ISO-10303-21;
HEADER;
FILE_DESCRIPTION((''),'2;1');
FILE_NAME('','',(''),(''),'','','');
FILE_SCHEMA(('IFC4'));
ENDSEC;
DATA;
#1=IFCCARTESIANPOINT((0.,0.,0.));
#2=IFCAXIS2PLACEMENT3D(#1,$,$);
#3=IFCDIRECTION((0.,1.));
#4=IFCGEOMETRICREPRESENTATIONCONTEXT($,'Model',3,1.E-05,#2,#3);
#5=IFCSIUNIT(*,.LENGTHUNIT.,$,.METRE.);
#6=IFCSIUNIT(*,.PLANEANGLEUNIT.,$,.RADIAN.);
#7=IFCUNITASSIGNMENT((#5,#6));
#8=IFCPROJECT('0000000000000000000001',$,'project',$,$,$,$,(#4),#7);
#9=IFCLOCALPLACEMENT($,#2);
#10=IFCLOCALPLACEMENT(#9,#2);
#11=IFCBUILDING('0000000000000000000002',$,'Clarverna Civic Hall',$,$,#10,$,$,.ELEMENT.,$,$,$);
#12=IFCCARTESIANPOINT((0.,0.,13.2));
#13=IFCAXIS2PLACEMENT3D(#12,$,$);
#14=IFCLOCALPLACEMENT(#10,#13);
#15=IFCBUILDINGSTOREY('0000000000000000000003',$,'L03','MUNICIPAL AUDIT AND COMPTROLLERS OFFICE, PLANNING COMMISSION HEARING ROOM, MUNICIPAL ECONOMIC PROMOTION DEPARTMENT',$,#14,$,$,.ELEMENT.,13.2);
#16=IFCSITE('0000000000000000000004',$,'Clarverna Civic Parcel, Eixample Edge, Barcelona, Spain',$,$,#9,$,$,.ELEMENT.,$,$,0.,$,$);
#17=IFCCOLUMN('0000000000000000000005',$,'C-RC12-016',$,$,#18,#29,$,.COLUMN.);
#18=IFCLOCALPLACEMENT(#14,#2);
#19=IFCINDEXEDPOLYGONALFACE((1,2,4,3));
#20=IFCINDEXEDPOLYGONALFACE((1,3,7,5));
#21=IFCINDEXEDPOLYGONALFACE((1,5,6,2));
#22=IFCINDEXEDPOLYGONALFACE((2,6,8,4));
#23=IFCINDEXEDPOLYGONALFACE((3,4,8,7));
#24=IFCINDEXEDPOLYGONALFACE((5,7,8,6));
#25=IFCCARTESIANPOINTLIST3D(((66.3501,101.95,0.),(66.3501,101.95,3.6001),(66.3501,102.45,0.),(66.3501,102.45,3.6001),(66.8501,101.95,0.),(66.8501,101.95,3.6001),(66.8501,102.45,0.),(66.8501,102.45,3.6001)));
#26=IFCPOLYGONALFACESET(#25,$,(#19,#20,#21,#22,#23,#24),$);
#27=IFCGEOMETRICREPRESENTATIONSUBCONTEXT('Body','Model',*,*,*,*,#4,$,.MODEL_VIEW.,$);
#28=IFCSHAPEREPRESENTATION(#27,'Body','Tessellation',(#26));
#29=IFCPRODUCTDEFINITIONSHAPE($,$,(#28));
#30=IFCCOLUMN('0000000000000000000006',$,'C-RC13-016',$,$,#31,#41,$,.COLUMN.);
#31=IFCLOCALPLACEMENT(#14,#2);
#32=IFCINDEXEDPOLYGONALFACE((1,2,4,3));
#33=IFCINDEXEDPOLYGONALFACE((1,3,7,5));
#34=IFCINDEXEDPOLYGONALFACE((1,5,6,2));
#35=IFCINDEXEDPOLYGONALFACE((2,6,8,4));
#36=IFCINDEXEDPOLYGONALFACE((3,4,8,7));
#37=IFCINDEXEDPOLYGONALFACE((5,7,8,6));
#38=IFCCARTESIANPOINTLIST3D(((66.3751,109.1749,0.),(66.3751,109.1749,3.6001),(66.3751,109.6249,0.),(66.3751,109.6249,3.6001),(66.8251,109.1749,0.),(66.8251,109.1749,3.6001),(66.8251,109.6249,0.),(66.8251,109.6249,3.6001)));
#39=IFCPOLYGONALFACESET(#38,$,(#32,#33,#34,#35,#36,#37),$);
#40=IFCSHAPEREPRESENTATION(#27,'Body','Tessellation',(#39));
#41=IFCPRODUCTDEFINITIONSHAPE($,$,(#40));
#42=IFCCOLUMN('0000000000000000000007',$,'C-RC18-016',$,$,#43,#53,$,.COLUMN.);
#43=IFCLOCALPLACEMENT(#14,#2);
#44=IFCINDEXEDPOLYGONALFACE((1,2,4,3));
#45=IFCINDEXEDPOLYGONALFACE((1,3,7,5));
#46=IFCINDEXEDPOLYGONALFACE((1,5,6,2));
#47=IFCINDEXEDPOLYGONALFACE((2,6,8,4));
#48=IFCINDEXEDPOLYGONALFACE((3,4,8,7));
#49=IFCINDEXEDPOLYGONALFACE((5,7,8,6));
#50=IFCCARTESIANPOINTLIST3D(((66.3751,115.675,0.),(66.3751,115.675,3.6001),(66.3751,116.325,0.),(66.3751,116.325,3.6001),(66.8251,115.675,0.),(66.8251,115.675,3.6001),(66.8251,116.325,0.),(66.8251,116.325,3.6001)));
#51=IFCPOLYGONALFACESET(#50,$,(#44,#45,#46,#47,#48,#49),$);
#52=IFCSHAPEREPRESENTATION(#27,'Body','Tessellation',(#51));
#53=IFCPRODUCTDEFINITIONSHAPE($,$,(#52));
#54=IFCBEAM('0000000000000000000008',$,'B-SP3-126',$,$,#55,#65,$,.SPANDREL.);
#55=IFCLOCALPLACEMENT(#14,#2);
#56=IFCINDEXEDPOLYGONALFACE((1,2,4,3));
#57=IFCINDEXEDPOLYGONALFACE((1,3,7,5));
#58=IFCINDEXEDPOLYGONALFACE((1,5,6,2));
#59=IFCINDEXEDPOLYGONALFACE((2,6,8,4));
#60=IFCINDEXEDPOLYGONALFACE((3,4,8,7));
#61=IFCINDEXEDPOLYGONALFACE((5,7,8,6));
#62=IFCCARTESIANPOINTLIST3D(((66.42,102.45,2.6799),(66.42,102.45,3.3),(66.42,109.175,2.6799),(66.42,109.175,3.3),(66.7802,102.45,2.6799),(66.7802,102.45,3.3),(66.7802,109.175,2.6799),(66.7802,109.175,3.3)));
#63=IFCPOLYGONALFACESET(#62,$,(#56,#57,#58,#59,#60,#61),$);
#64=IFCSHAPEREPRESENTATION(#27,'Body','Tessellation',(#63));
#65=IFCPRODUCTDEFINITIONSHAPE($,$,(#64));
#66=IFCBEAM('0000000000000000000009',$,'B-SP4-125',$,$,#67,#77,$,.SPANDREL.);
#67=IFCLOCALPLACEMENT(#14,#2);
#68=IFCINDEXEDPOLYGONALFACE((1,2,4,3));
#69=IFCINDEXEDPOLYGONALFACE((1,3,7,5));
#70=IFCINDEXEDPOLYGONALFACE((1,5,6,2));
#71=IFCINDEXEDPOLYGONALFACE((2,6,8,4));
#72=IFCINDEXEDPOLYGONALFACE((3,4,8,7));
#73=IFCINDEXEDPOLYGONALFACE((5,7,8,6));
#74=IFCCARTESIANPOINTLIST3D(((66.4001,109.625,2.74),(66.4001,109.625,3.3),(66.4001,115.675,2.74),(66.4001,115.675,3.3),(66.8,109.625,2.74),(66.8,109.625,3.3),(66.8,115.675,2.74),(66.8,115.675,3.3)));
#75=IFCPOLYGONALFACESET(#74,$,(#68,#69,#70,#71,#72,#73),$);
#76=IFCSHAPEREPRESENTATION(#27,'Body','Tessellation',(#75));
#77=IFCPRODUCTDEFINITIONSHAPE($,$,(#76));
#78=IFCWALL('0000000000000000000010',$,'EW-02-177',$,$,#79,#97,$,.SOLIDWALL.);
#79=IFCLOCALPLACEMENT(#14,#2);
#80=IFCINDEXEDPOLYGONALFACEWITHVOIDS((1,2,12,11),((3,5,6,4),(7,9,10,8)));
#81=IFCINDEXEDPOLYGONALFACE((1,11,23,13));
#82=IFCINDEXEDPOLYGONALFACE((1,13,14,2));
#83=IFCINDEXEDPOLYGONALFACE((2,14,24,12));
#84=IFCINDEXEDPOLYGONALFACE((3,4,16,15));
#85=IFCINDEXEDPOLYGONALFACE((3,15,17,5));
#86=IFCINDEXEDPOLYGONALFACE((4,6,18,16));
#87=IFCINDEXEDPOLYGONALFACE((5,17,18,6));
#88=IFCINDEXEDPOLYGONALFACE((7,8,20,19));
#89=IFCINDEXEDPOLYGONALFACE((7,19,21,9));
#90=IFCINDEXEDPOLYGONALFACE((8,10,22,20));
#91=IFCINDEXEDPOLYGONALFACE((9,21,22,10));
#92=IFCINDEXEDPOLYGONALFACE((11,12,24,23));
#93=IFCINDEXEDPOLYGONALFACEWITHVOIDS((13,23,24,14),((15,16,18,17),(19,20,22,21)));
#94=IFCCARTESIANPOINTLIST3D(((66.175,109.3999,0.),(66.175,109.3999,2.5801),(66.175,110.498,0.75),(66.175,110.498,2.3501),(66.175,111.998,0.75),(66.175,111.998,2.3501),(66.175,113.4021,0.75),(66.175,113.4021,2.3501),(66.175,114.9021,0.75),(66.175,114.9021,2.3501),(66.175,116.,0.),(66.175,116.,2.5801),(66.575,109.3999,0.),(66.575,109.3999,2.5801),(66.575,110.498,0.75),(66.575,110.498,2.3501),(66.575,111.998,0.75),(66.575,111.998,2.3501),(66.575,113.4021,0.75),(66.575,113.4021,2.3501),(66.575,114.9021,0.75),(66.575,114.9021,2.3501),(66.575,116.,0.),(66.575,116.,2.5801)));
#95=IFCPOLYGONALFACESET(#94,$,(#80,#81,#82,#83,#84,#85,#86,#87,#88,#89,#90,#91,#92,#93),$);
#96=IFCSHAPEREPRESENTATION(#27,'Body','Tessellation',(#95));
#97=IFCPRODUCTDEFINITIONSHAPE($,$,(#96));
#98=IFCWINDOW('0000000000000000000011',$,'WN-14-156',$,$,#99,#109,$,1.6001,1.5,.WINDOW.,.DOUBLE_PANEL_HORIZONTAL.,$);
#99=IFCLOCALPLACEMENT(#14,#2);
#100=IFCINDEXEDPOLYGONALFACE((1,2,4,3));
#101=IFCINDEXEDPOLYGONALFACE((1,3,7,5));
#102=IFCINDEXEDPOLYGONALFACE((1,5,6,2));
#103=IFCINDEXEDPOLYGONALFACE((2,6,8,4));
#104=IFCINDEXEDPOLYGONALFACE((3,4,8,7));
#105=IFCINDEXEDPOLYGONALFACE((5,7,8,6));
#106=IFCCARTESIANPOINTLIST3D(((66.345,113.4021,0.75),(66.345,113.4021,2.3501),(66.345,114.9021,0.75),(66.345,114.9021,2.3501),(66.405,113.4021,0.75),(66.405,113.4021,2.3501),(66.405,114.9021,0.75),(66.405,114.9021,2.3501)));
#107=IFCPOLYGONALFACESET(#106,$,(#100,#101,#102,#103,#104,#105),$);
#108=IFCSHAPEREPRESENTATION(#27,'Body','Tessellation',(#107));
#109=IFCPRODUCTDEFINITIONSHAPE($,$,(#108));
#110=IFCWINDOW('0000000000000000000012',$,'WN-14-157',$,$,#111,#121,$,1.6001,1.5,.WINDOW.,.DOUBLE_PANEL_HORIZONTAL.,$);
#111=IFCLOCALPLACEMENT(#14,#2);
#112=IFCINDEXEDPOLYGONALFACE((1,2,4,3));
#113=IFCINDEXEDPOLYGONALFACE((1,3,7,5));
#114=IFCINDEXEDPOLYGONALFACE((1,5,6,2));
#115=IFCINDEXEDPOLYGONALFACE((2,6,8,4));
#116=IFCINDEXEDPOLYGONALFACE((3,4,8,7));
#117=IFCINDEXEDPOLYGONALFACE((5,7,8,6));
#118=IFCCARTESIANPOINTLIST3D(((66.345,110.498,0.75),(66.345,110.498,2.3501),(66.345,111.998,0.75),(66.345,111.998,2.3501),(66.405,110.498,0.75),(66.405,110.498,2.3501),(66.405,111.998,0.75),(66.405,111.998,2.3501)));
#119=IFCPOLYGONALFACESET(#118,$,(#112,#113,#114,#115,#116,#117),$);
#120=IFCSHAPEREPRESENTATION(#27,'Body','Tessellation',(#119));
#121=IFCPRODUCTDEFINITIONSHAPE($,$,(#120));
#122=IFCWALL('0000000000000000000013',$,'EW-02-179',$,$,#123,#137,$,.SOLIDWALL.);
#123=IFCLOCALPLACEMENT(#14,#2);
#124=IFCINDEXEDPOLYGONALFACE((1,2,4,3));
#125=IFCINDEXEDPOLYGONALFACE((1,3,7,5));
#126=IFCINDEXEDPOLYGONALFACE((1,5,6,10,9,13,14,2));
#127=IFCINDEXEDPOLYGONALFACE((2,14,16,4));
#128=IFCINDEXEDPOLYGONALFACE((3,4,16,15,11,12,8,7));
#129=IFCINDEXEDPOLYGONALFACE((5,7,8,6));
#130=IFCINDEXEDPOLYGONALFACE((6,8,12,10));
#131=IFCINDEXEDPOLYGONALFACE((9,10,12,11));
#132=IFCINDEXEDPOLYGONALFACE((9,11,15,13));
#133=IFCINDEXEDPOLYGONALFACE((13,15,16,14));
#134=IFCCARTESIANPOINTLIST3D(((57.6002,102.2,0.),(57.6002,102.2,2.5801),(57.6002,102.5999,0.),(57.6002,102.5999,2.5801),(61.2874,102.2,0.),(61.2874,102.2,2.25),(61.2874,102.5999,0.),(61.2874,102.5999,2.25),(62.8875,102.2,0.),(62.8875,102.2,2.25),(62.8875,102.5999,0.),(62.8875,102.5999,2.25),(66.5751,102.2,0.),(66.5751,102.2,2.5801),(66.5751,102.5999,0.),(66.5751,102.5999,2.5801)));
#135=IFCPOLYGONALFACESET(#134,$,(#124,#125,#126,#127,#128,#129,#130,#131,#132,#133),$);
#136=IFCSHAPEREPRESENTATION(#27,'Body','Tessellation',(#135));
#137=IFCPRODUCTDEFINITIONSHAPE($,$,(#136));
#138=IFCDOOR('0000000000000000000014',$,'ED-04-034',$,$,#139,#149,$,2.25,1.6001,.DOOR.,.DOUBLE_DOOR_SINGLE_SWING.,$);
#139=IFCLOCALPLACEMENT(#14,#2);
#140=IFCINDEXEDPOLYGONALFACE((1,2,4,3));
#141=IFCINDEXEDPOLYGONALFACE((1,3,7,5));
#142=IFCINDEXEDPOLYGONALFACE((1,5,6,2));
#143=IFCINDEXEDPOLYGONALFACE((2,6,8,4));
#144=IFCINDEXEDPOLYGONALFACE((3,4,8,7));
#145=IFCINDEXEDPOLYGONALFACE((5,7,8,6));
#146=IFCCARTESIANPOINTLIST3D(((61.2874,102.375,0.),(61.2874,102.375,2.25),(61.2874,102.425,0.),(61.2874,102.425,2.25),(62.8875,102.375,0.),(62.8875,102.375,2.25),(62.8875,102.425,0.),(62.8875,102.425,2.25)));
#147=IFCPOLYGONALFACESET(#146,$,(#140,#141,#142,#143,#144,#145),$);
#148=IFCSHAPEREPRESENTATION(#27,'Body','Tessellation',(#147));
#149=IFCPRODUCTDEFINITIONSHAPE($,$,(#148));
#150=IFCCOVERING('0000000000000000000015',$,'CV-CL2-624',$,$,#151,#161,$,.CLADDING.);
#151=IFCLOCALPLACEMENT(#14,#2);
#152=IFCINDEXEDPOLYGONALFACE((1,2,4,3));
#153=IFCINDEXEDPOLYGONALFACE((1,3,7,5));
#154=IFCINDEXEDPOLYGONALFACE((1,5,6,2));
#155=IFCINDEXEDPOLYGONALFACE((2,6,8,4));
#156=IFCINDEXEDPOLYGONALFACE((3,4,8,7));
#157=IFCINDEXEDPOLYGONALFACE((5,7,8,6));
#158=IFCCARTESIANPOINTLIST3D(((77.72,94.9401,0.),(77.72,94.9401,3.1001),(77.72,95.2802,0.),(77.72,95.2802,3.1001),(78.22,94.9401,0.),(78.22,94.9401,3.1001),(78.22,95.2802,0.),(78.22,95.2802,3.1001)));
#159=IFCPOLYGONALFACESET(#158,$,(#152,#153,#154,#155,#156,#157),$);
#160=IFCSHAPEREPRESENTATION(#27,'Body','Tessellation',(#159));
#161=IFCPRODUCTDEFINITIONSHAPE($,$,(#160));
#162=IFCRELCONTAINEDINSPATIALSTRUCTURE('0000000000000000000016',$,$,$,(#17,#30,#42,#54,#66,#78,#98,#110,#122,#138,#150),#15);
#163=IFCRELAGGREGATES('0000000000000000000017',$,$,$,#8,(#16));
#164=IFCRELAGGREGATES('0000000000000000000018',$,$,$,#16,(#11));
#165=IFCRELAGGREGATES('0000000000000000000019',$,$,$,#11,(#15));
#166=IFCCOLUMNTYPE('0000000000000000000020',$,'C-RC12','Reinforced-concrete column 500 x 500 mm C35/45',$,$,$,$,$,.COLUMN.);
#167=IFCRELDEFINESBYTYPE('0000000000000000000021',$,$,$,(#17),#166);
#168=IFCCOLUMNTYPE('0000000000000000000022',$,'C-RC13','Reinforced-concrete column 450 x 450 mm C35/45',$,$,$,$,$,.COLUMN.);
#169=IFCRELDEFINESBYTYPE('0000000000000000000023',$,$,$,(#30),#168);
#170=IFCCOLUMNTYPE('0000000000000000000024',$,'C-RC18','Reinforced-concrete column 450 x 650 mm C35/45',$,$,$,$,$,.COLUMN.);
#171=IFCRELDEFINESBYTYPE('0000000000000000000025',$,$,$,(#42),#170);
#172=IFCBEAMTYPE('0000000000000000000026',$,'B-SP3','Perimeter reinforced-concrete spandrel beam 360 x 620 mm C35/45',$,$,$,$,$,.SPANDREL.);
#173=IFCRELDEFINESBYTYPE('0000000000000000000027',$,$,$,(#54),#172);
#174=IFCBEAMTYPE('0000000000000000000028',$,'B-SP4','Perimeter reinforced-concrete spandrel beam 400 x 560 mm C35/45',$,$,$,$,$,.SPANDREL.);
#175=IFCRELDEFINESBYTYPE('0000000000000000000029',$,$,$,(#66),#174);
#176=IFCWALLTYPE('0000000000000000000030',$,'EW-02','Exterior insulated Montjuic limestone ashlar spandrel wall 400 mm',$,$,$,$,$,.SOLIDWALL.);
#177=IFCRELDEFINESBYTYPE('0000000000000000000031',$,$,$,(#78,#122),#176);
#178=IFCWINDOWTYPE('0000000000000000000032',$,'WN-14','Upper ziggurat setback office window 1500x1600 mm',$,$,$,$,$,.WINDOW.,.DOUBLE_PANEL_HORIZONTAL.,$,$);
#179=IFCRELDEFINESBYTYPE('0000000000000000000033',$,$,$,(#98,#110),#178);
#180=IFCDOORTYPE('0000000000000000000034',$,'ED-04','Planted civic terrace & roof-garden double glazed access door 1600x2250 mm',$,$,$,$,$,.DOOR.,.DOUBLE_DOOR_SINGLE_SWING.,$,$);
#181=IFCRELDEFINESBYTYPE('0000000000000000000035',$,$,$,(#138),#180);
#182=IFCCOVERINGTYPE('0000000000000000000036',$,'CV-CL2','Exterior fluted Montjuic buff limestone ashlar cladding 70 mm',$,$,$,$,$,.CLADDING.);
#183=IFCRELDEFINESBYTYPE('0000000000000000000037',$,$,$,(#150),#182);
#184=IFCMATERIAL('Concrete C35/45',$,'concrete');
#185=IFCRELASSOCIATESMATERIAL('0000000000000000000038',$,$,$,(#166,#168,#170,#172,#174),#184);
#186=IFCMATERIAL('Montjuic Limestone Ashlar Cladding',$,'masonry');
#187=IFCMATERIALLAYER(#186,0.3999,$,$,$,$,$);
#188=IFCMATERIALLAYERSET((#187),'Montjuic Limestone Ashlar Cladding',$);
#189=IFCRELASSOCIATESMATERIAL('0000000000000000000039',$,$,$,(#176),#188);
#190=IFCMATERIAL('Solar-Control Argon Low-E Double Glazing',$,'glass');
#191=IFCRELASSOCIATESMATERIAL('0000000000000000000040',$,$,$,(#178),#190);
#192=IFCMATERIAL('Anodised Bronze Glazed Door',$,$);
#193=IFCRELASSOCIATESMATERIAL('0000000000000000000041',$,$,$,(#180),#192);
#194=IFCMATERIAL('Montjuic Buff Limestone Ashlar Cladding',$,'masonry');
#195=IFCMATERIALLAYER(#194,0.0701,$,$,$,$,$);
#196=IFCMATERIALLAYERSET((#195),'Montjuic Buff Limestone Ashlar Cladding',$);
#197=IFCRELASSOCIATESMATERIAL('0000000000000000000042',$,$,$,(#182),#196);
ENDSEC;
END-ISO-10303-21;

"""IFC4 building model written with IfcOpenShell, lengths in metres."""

from ifc_helpers import new_model, si_unit, direction, frame, frame_2d, origin, origin_2d, place, context, subcontext, project, spatial, rectangle, extrude, material, layer, layer_set, material_profile, profile_set, type_object, element, fill, save


model = new_model("IFC4")

# Units and contexts
model_context = context("Model", 3, precision=1e-05, world=origin(), true_north=direction((0.0, 1.0)))
body_context = subcontext(model_context, "Body", "Model", "MODEL_VIEW")
ifc_project = project(units=[si_unit("LENGTHUNIT", "METRE"), si_unit("PLANEANGLEUNIT", "RADIAN")], contexts=[model_context])

# Site, building, storey
site_placement = place(None, origin())
site = spatial("IfcSite", under=ifc_project, at=site_placement, Name="Clarverna Civic Parcel, Eixample Edge, Barcelona, Spain", CompositionType="ELEMENT", RefElevation=0.0)
building_placement = place(site_placement, origin())
building = spatial("IfcBuilding", under=site, at=building_placement, Name="Clarverna Civic Hall", CompositionType="ELEMENT")
storey_placement = place(building_placement, frame((0.0, 0.0, 13.2)))
storey = spatial("IfcBuildingStorey", under=building, at=storey_placement, Name="L03", Description="MUNICIPAL AUDIT AND COMPTROLLERS OFFICE, PLANNING COMMISSION HEARING ROOM, MUNICIPAL ECONOMIC PROMOTION DEPARTMENT", CompositionType="ELEMENT", Elevation=13.2)

# Columns
ifc_material_1 = material(Name="Concrete C35/45", Category="concrete")
ifc_material_profile_1 = material_profile(ifc_material_1, rectangle(XDim=0.5, YDim=0.5, at=origin_2d()), Name="RC 500x500")
ifc_profile_set_1 = profile_set([ifc_material_profile_1], Name="Concrete C35/45")
column_type_1 = type_object("IfcColumnType", Name="C-RC12", Description="Reinforced-concrete column 500 x 500 mm C35/45", PredefinedType="COLUMN", material=ifc_profile_set_1)
column_1_placement = place(storey_placement, frame((66.6001, 102.2, 0.0), z_axis=(0.0, 0.0, 1.0), x_axis=(1.0, 0.0, 0.0)))
element("IfcColumn", 1, at=column_1_placement, inside=storey, type_object=column_type_1, Name="C-RC12-016", PredefinedType="COLUMN", context=body_context, shape_type="SweptSolid", body=[
    extrude(rectangle(XDim=0.5, YDim=0.5, at=origin_2d()), origin(), (0.0, 0.0, 1.0), 3.6001),
])
ifc_material_profile_2 = material_profile(ifc_material_1, rectangle(XDim=0.45, YDim=0.45, at=origin_2d()), Name="RC 450x450")
ifc_profile_set_2 = profile_set([ifc_material_profile_2], Name="Concrete C35/45")
column_type_2 = type_object("IfcColumnType", Name="C-RC13", Description="Reinforced-concrete column 450 x 450 mm C35/45", PredefinedType="COLUMN", material=ifc_profile_set_2)
column_2_placement = place(storey_placement, frame((66.6001, 109.3999, 0.0), z_axis=(0.0, 0.0, 1.0), x_axis=(1.0, 0.0, 0.0)))
element("IfcColumn", 2, at=column_2_placement, inside=storey, type_object=column_type_2, Name="C-RC13-016", PredefinedType="COLUMN", context=body_context, shape_type="SweptSolid", body=[
    extrude(rectangle(XDim=0.45, YDim=0.45, at=origin_2d()), origin(), (0.0, 0.0, 1.0), 3.6001),
])
ifc_material_profile_3 = material_profile(ifc_material_1, rectangle(XDim=0.45, YDim=0.6499, at=origin_2d()), Name="RC 450x650")
ifc_profile_set_3 = profile_set([ifc_material_profile_3], Name="Concrete C35/45")
column_type_3 = type_object("IfcColumnType", Name="C-RC18", Description="Reinforced-concrete column 450 x 650 mm C35/45", PredefinedType="COLUMN", material=ifc_profile_set_3)
column_3_placement = place(storey_placement, frame((66.6001, 116.0, 0.0), z_axis=(0.0, 0.0, 1.0), x_axis=(1.0, 0.0, 0.0)))
element("IfcColumn", 3, at=column_3_placement, inside=storey, type_object=column_type_3, Name="C-RC18-016", PredefinedType="COLUMN", context=body_context, shape_type="SweptSolid", body=[
    extrude(rectangle(XDim=0.45, YDim=0.6499, at=origin_2d()), origin(), (0.0, 0.0, 1.0), 3.6001),
])

# Beams
ifc_material_profile_4 = material_profile(ifc_material_1, rectangle(XDim=0.3601, YDim=0.6201, at=origin_2d()), Name="RC 360x620")
ifc_profile_set_4 = profile_set([ifc_material_profile_4], Name="Concrete C35/45")
beam_type_1 = type_object("IfcBeamType", Name="B-SP3", Description="Perimeter reinforced-concrete spandrel beam 360 x 620 mm C35/45", PredefinedType="SPANDREL", material=ifc_profile_set_4)
beam_1_placement = place(storey_placement, frame((66.6001, 102.45, 2.99), z_axis=(0.0, 1.0, 0.0), x_axis=(-1.0, 0.0, 0.0)))
element("IfcBeam", 4, at=beam_1_placement, inside=storey, type_object=beam_type_1, Name="B-SP3-126", PredefinedType="SPANDREL", context=body_context, shape_type="SweptSolid", body=[
    extrude(rectangle(XDim=0.3601, YDim=0.6201, at=origin_2d()), origin(), (0.0, 0.0, 1.0), 6.7251),
])
ifc_material_profile_5 = material_profile(ifc_material_1, rectangle(XDim=0.3999, YDim=0.5601, at=origin_2d()), Name="RC 400x560")
ifc_profile_set_5 = profile_set([ifc_material_profile_5], Name="Concrete C35/45")
beam_type_2 = type_object("IfcBeamType", Name="B-SP4", Description="Perimeter reinforced-concrete spandrel beam 400 x 560 mm C35/45", PredefinedType="SPANDREL", material=ifc_profile_set_5)
beam_2_placement = place(storey_placement, frame((66.6001, 109.625, 3.02), z_axis=(0.0, 1.0, 0.0), x_axis=(-1.0, 0.0, 0.0)))
element("IfcBeam", 5, at=beam_2_placement, inside=storey, type_object=beam_type_2, Name="B-SP4-125", PredefinedType="SPANDREL", context=body_context, shape_type="SweptSolid", body=[
    extrude(rectangle(XDim=0.3999, YDim=0.5601, at=origin_2d()), origin(), (0.0, 0.0, 1.0), 6.05),
])

# Wall, openings, windows
ifc_material_2 = material(Name="Montjuic Limestone Ashlar Cladding", Category="masonry")
ifc_layer_1 = layer(ifc_material_2, 0.3999)
ifc_layer_set_1 = layer_set([ifc_layer_1], Name="Montjuic Limestone Ashlar Cladding")
wall_type = type_object("IfcWallType", Name="EW-02", Description="Exterior insulated Montjuic limestone ashlar spandrel wall 400 mm", PredefinedType="SOLIDWALL", material=ifc_layer_set_1)
wall_1_placement = place(storey_placement, frame((66.375, 116.0, 0.0), z_axis=(0.0, 0.0, 1.0), x_axis=(0.0, -1.0, 0.0)))
wall_1 = element("IfcWall", 6, at=wall_1_placement, inside=storey, type_object=wall_type, Name="EW-02-177", PredefinedType="SOLIDWALL", context=body_context, shape_type="SweptSolid", body=[
    extrude(rectangle(XDim=6.6001, YDim=0.3999, at=frame_2d((3.3, 0.0))), origin(), (0.0, 0.0, 1.0), 2.5801),
])
opening_1_placement = place(wall_1_placement, frame((1.0979, 0.0, 0.75)))
opening_1 = element("IfcOpeningElement", 7, at=opening_1_placement, cuts=wall_1, PredefinedType="OPENING", context=body_context, shape_type="SweptSolid", body=[
    extrude(rectangle(XDim=1.5, YDim=1.6001, at=frame_2d((0.75, 0.8))), frame((0.0, 0.21, 0.0), z_axis=(0.0, -1.0, 0.0), x_axis=(1.0, 0.0, 0.0)), (0.0, 0.0, 1.0), 0.4199),
])
opening_2_placement = place(wall_1_placement, frame((4.002, 0.0, 0.75)))
opening_2 = element("IfcOpeningElement", 8, at=opening_2_placement, cuts=wall_1, PredefinedType="OPENING", context=body_context, shape_type="SweptSolid", body=[
    extrude(rectangle(XDim=1.5, YDim=1.6001, at=frame_2d((0.75, 0.8))), frame((0.0, 0.21, 0.0), z_axis=(0.0, -1.0, 0.0), x_axis=(1.0, 0.0, 0.0)), (0.0, 0.0, 1.0), 0.4199),
])
ifc_material_3 = material(Name="Solar-Control Argon Low-E Double Glazing", Category="glass")
window_type = type_object("IfcWindowType", Name="WN-14", Description="Upper ziggurat setback office window 1500x1600 mm", PartitioningType="DOUBLE_PANEL_HORIZONTAL", PredefinedType="WINDOW", material=ifc_material_3)
window_1_placement = place(opening_1_placement, origin())
window_1 = element("IfcWindow", 9, at=window_1_placement, inside=storey, type_object=window_type, Name="WN-14-156", OverallHeight=1.6001, OverallWidth=1.5, PartitioningType="DOUBLE_PANEL_HORIZONTAL", PredefinedType="WINDOW", context=body_context, shape_type="SweptSolid", body=[
    extrude(rectangle(XDim=1.5, YDim=1.6001, at=frame_2d((0.75, 0.8))), frame((0.0, 0.03, 0.0), z_axis=(0.0, -1.0, 0.0), x_axis=(1.0, 0.0, 0.0)), (0.0, 0.0, 1.0), 0.0601),
])
fill(opening_1, window_1)
window_2_placement = place(opening_2_placement, origin())
window_2 = element("IfcWindow", 10, at=window_2_placement, inside=storey, type_object=window_type, Name="WN-14-157", OverallHeight=1.6001, OverallWidth=1.5, PartitioningType="DOUBLE_PANEL_HORIZONTAL", PredefinedType="WINDOW", context=body_context, shape_type="SweptSolid", body=[
    extrude(rectangle(XDim=1.5, YDim=1.6001, at=frame_2d((0.75, 0.8))), frame((0.0, 0.03, 0.0), z_axis=(0.0, -1.0, 0.0), x_axis=(1.0, 0.0, 0.0)), (0.0, 0.0, 1.0), 0.0601),
])
fill(opening_2, window_2)

# Wall, opening, door
wall_2_placement = place(storey_placement, frame((66.575, 102.3999, 0.0), z_axis=(0.0, 0.0, 1.0), x_axis=(-1.0, 0.0, 0.0)))
wall_2 = element("IfcWall", 11, at=wall_2_placement, inside=storey, type_object=wall_type, Name="EW-02-179", PredefinedType="SOLIDWALL", context=body_context, shape_type="SweptSolid", body=[
    extrude(rectangle(XDim=8.9749, YDim=0.3999, at=frame_2d((4.4873, 0.0))), origin(), (0.0, 0.0, 1.0), 2.5801),
])
opening_3_placement = place(wall_2_placement, frame((3.6875, 0.0, 0.0)))
opening_3 = element("IfcOpeningElement", 12, at=opening_3_placement, cuts=wall_2, PredefinedType="OPENING", context=body_context, shape_type="SweptSolid", body=[
    extrude(rectangle(XDim=1.6001, YDim=2.25, at=frame_2d((0.8, 1.125))), frame((0.0, 0.21, 0.0), z_axis=(0.0, -1.0, 0.0), x_axis=(1.0, 0.0, 0.0)), (0.0, 0.0, 1.0), 0.4199),
])
ifc_material_4 = material(Name="Anodised Bronze Glazed Door")
door_type = type_object("IfcDoorType", Name="ED-04", Description="Planted civic terrace & roof-garden double glazed access door 1600x2250 mm", OperationType="DOUBLE_DOOR_SINGLE_SWING", PredefinedType="DOOR", material=ifc_material_4)
door_placement = place(opening_3_placement, origin())
door = element("IfcDoor", 13, at=door_placement, inside=storey, type_object=door_type, Name="ED-04-034", OperationType="DOUBLE_DOOR_SINGLE_SWING", OverallHeight=2.25, OverallWidth=1.6001, PredefinedType="DOOR", context=body_context, shape_type="SweptSolid", body=[
    extrude(rectangle(XDim=1.6001, YDim=2.25, at=frame_2d((0.8, 1.125))), frame((0.0, 0.0249, 0.0), z_axis=(0.0, -1.0, 0.0), x_axis=(1.0, 0.0, 0.0)), (0.0, 0.0, 1.0), 0.05),
])
fill(opening_3, door)

# Covering
ifc_material_5 = material(Name="Montjuic Buff Limestone Ashlar Cladding", Category="masonry")
ifc_layer_2 = layer(ifc_material_5, 0.0701)
ifc_layer_set_2 = layer_set([ifc_layer_2], Name="Montjuic Buff Limestone Ashlar Cladding")
covering_type = type_object("IfcCoveringType", Name="CV-CL2", Description="Exterior fluted Montjuic buff limestone ashlar cladding 70 mm", PredefinedType="CLADDING", material=ifc_layer_set_2)
for number, where, z_axis, x_axis, name in (
    (14, (77.72, 95.1101, 0.0), (0.0, 0.0, 1.0), (1.0, 0.0, 0.0), "CV-CL2-624"),
):
    element("IfcCovering", number, at=place(storey_placement, frame(where, z_axis=z_axis, x_axis=x_axis)), inside=storey, type_object=covering_type, Name=name, PredefinedType="CLADDING", context=body_context, shape_type="SweptSolid", body=[
        extrude(rectangle(XDim=0.5, YDim=0.3401, at=frame_2d((0.25, 0.0))), origin(), (0.0, 0.0, 1.0), 3.1001),
    ])

save(model, "model.ifc")
